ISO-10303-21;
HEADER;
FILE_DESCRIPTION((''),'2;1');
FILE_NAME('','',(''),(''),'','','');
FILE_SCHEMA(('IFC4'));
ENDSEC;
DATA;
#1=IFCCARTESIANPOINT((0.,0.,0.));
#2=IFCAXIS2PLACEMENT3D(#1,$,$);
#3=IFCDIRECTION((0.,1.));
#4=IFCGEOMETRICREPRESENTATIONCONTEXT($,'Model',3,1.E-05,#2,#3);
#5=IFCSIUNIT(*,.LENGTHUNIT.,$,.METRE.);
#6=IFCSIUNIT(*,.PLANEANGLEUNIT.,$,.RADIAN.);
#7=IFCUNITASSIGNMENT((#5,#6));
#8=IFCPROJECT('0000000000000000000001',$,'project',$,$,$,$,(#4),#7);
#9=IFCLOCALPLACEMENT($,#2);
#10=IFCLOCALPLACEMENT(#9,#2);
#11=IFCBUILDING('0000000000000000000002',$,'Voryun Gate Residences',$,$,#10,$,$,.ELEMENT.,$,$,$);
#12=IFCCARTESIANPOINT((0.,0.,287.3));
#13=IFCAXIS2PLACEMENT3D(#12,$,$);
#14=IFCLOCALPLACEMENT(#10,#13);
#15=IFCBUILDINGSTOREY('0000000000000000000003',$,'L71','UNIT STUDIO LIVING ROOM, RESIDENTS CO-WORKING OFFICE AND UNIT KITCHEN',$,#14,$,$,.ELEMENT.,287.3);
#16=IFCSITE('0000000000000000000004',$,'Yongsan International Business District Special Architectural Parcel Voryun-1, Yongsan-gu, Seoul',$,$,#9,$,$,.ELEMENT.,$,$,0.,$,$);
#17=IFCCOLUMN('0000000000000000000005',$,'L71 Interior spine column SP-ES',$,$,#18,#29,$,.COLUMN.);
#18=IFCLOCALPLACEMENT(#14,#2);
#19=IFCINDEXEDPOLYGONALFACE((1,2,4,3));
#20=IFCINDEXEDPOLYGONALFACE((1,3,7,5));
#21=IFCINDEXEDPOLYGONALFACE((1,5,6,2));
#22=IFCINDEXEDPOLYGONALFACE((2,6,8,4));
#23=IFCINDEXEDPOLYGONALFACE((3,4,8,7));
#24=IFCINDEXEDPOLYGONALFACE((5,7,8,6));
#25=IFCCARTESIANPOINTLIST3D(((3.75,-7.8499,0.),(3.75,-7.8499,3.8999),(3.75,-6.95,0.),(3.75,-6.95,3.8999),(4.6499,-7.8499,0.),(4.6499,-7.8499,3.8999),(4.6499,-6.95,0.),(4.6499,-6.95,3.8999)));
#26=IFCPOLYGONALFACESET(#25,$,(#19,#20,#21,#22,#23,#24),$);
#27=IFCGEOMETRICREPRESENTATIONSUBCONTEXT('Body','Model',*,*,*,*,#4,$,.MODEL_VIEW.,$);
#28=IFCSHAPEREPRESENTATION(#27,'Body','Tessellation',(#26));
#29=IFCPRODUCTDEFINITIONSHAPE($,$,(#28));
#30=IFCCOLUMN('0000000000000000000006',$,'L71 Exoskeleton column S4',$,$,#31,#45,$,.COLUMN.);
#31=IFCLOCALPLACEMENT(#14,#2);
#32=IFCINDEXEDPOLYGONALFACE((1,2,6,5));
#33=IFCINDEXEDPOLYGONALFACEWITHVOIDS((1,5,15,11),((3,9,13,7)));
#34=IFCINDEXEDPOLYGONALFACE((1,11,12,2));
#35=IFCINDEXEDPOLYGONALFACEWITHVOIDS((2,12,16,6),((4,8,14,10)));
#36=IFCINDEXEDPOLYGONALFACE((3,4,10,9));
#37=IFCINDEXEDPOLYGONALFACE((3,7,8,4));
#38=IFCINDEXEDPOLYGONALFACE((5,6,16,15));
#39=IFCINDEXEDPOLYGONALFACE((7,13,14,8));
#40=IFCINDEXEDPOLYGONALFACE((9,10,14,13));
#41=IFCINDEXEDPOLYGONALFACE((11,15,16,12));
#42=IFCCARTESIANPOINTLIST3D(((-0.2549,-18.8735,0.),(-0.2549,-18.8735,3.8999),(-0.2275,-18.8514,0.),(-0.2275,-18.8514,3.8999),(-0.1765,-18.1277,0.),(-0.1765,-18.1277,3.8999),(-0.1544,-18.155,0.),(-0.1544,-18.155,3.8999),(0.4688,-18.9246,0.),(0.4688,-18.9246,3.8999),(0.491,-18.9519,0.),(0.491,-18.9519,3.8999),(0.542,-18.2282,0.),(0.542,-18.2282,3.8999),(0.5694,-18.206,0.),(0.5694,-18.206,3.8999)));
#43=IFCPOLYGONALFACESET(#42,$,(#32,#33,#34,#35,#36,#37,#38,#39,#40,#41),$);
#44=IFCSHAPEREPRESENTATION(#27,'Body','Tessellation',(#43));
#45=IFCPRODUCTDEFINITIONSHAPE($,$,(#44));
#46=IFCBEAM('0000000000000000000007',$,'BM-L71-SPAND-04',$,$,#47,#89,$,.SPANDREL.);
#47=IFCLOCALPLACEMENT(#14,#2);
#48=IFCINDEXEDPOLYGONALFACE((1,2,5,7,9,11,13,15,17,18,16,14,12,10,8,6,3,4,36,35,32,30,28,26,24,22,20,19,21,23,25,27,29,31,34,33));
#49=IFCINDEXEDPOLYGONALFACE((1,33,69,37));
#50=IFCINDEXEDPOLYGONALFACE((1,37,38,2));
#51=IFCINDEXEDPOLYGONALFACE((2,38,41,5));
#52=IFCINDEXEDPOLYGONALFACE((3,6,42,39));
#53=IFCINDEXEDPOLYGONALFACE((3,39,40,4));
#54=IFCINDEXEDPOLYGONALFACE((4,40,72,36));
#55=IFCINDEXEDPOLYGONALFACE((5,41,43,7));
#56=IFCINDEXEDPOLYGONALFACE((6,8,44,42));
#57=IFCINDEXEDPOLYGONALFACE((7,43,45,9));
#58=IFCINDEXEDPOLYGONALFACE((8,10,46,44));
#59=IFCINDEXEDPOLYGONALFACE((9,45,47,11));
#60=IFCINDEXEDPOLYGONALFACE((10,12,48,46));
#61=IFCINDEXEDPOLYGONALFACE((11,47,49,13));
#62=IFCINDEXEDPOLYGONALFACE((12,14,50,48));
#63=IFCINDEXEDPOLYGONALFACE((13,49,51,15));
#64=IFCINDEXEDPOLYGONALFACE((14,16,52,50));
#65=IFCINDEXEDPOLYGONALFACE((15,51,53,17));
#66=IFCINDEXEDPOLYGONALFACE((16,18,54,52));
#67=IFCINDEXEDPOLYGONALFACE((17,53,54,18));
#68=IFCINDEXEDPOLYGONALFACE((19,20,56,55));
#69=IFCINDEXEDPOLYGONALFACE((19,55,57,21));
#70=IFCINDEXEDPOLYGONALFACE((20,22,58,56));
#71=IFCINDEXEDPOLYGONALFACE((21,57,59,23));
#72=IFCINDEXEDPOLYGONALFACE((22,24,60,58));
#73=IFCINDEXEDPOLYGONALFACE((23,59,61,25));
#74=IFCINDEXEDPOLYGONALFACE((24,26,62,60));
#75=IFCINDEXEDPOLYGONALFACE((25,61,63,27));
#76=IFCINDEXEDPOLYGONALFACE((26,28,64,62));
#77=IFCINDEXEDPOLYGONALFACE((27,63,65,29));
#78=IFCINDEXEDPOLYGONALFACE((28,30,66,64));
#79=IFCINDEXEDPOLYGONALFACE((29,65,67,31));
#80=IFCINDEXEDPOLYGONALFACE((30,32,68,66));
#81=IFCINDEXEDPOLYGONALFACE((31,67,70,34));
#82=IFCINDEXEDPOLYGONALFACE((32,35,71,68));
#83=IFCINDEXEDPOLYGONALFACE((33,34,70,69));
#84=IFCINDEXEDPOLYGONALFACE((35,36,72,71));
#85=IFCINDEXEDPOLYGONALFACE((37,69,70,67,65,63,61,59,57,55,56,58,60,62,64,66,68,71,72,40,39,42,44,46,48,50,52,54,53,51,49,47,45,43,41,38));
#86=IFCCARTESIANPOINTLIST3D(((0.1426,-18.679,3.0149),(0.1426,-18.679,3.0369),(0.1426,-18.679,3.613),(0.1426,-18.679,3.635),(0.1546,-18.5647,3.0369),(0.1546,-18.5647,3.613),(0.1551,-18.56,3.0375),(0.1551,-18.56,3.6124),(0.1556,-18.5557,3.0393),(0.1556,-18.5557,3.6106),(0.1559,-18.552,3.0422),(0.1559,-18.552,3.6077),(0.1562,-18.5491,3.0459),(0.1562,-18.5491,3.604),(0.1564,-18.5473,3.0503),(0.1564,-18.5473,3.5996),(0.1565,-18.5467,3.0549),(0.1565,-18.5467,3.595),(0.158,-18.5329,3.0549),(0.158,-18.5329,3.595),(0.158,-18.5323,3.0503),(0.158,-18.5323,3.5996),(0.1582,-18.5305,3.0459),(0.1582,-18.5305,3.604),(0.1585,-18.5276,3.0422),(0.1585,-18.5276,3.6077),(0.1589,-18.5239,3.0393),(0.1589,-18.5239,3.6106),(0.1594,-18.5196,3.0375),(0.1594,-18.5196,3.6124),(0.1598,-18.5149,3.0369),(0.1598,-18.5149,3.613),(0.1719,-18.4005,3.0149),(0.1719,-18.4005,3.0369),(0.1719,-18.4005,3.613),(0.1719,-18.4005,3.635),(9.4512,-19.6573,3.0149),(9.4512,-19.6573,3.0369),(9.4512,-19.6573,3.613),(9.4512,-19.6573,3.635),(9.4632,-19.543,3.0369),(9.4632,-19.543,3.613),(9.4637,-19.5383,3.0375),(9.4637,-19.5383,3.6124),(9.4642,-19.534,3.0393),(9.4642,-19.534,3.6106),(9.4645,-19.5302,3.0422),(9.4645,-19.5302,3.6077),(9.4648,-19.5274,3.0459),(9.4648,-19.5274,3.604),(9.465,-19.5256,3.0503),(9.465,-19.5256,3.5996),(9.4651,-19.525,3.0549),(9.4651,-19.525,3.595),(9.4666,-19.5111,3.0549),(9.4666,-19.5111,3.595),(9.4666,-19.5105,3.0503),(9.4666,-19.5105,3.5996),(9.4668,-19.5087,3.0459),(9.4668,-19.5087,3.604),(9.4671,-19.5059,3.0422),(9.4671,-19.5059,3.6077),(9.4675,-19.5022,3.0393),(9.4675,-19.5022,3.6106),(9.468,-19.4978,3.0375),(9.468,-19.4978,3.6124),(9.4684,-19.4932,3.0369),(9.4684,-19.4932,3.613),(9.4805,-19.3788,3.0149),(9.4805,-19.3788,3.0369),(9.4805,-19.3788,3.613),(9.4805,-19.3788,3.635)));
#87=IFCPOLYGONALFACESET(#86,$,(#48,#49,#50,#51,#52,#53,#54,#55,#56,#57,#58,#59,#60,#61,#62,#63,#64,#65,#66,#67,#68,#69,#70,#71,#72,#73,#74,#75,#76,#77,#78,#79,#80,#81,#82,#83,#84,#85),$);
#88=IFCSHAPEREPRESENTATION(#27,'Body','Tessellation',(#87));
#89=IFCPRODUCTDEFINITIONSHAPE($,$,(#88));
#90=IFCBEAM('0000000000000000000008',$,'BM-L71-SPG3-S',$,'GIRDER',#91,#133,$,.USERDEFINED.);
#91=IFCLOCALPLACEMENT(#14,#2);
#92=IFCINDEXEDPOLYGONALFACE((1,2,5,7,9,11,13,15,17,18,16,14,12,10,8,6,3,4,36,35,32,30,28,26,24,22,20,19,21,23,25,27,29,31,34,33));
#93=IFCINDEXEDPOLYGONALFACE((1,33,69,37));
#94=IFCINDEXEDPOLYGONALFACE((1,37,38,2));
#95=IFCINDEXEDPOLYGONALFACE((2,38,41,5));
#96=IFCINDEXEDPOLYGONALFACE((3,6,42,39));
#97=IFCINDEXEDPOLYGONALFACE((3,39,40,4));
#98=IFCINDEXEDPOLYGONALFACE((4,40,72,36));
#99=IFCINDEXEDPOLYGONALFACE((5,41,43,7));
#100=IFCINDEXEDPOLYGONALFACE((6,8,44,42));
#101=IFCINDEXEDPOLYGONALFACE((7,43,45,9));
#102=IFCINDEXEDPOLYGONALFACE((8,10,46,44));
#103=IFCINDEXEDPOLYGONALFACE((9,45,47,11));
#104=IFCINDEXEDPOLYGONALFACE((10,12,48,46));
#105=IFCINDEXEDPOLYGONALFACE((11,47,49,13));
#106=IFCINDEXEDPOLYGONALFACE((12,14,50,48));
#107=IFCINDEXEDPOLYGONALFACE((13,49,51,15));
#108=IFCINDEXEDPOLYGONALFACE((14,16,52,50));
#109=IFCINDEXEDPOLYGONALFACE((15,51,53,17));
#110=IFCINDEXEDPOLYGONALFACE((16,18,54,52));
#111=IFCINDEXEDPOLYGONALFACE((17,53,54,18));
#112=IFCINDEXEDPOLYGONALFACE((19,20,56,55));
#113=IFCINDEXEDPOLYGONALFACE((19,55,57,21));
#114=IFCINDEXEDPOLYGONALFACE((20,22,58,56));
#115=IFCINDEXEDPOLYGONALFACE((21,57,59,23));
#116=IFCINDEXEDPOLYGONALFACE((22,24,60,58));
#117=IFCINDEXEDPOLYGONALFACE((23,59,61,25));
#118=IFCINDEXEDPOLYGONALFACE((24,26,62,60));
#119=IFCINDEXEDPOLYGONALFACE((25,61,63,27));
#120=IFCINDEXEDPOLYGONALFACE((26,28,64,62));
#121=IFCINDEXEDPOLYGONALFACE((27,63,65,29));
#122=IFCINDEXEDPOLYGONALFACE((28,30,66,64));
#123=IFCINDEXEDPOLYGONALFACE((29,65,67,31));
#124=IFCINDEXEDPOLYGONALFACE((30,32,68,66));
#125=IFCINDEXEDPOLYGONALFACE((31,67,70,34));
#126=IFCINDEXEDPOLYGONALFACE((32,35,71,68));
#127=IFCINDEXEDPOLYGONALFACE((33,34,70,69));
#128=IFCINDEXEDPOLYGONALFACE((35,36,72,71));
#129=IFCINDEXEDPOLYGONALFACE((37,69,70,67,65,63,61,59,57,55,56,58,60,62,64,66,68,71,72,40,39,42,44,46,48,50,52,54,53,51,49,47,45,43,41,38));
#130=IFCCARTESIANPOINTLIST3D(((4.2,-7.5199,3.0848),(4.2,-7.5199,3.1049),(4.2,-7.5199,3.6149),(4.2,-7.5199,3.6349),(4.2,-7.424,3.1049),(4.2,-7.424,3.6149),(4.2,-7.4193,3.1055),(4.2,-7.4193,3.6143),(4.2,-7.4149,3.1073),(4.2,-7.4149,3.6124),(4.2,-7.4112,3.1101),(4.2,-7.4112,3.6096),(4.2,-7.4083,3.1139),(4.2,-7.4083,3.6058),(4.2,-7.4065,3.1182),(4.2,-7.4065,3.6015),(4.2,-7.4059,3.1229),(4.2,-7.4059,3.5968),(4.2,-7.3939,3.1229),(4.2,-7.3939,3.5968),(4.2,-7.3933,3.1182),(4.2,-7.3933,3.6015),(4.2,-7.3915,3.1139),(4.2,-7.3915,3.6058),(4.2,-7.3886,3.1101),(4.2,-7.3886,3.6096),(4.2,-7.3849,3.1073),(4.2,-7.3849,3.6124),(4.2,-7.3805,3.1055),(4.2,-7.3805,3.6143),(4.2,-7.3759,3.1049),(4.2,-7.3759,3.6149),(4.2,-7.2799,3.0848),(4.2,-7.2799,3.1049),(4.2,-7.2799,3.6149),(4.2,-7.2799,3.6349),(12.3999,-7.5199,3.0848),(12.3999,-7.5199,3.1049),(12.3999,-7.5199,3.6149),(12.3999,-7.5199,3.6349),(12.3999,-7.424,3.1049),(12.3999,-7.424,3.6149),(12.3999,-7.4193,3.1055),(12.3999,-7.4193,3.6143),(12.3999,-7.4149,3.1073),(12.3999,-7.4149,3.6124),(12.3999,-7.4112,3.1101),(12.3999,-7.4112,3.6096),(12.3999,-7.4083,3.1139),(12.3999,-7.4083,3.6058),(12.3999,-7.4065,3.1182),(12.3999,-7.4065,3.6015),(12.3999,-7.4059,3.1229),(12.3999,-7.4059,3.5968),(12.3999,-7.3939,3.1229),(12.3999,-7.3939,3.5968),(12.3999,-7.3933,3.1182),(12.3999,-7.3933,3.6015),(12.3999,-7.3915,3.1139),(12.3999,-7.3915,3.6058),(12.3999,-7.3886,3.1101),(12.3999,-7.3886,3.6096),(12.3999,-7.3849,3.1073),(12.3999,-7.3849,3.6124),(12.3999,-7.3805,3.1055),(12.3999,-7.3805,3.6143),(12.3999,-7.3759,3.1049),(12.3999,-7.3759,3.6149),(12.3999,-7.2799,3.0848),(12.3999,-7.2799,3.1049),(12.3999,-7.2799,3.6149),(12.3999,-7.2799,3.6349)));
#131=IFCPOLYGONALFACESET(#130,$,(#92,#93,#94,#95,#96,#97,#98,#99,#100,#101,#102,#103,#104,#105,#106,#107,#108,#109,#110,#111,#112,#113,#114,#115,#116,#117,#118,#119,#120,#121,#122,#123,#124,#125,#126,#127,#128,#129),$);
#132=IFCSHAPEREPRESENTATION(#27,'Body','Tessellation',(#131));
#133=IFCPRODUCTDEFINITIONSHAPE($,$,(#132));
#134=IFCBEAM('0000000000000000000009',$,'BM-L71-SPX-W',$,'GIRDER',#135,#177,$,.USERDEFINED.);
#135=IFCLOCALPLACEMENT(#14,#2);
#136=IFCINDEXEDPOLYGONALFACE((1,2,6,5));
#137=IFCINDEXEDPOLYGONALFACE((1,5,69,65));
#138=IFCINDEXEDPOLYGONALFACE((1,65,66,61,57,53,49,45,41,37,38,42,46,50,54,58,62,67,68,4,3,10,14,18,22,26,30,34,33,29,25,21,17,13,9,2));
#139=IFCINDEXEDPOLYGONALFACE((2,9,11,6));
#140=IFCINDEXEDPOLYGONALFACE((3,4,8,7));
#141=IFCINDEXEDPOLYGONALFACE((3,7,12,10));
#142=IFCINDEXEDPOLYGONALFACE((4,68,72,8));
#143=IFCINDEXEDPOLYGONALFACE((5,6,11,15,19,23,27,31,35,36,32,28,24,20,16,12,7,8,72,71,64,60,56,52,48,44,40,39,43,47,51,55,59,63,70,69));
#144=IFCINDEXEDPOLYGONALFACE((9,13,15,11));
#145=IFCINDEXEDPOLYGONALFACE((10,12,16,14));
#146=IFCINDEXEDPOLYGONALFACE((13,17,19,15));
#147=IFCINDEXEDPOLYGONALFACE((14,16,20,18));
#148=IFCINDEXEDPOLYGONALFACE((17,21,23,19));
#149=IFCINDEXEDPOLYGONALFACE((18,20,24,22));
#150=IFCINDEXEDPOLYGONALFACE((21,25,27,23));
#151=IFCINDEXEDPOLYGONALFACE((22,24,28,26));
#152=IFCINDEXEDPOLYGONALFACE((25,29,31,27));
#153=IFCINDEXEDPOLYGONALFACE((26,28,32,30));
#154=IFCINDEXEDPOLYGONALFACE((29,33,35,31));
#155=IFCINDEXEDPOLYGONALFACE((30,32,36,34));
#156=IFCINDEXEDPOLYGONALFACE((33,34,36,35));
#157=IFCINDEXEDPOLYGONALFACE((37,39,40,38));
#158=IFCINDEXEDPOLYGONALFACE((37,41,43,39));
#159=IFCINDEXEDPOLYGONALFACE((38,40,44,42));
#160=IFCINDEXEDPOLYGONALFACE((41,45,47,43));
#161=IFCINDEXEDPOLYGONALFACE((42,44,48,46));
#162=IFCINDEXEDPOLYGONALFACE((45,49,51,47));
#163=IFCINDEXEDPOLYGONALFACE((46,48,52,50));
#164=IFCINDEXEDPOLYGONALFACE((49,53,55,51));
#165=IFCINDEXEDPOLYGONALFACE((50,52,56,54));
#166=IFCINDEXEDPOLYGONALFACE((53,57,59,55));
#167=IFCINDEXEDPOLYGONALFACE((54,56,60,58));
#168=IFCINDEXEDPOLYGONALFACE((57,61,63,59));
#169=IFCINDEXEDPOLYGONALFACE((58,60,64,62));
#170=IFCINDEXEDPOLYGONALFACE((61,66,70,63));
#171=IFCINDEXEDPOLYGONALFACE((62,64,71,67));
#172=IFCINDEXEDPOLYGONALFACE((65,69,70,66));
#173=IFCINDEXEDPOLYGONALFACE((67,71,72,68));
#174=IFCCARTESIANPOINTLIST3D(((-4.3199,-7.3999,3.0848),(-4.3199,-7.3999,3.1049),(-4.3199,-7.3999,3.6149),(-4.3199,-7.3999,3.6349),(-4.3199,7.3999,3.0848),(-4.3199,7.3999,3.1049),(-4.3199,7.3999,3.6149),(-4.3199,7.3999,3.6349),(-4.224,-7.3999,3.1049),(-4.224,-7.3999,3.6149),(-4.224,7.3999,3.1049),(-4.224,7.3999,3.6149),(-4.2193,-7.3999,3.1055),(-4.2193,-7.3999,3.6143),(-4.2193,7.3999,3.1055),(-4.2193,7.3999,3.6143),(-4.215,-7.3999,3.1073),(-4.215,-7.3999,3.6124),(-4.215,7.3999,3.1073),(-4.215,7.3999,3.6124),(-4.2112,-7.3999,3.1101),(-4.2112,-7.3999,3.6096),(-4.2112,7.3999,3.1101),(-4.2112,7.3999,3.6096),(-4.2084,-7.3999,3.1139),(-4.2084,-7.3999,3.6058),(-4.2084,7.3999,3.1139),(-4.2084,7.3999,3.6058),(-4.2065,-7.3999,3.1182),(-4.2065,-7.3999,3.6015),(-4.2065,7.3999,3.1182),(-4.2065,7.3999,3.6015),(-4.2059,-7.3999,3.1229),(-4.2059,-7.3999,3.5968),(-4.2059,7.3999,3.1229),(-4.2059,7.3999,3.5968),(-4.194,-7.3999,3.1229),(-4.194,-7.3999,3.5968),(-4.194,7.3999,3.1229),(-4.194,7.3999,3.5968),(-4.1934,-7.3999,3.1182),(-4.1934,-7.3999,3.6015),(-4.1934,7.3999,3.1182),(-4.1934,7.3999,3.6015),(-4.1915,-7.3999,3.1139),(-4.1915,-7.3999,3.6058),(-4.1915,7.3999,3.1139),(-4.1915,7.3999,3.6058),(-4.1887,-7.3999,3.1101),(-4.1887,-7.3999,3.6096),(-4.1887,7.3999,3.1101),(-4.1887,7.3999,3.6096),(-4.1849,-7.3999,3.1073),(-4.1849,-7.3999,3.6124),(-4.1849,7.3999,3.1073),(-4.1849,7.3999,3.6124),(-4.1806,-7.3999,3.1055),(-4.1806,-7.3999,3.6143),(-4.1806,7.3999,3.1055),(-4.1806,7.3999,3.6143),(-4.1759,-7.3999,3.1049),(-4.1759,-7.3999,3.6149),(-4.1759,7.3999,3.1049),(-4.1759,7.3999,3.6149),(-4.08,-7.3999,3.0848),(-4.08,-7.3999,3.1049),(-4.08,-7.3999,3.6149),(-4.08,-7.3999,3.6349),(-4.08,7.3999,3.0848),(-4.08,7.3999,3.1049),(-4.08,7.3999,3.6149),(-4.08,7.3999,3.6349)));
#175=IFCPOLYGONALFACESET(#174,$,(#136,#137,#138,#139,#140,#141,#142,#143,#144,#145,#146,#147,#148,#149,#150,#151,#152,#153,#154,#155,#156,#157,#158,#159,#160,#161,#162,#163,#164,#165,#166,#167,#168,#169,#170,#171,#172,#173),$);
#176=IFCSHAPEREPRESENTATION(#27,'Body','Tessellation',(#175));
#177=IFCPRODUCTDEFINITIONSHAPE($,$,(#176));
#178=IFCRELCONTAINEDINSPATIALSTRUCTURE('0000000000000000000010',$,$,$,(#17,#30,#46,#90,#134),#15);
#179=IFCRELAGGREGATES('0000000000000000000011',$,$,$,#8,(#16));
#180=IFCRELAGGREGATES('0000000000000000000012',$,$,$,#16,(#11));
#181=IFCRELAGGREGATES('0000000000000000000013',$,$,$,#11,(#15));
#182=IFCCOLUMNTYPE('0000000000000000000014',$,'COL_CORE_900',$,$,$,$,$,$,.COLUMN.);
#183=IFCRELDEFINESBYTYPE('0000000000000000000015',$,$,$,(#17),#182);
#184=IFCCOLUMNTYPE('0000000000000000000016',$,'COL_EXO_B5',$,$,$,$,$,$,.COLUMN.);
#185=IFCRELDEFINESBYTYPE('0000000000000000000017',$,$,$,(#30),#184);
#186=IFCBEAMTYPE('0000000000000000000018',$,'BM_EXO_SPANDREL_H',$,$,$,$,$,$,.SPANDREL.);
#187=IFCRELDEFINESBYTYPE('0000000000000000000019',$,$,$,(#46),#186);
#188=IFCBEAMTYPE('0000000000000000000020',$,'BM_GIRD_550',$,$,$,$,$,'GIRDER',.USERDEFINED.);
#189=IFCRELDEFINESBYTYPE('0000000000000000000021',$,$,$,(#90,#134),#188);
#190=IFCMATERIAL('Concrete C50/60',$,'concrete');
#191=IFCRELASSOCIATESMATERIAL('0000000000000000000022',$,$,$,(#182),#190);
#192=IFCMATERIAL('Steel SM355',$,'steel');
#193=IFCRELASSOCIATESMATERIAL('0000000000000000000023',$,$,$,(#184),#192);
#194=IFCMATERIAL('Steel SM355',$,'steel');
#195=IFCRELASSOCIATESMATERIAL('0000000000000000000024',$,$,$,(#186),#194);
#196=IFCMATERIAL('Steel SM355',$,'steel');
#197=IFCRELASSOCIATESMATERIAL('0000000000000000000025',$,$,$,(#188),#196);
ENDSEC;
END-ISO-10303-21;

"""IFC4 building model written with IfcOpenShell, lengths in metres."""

from ifc_helpers import new_model, si_unit, direction, frame, origin, origin_2d, place, context, subcontext, project, spatial, rectangle, hollow_rectangle, i_section, extrude, material, material_profile, profile_set, type_object, element, save


model = new_model("IFC4")

# Units and contexts
model_context = context("Model", 3, precision=1e-05, world=origin(), true_north=direction((0.0, 1.0)))
body_context = subcontext(model_context, "Body", "Model", "MODEL_VIEW")
ifc_project = project(units=[si_unit("LENGTHUNIT", "METRE"), si_unit("PLANEANGLEUNIT", "RADIAN")], contexts=[model_context])

# Site, building, storey
site_placement = place(None, origin())
site = spatial("IfcSite", under=ifc_project, at=site_placement, Name="Yongsan International Business District Special Architectural Parcel Voryun-1, Yongsan-gu, Seoul", CompositionType="ELEMENT", RefElevation=0.0)
building_placement = place(site_placement, origin())
building = spatial("IfcBuilding", under=site, at=building_placement, Name="Voryun Gate Residences", CompositionType="ELEMENT")
storey_placement = place(building_placement, frame((0.0, 0.0, 287.3)))
storey = spatial("IfcBuildingStorey", under=building, at=storey_placement, Name="L71", Description="UNIT STUDIO LIVING ROOM, RESIDENTS CO-WORKING OFFICE AND UNIT KITCHEN", CompositionType="ELEMENT", Elevation=287.3)

# Columns
ifc_material_1 = material(Name="Concrete C50/60", Category="concrete")
ifc_material_profile_1 = material_profile(ifc_material_1, rectangle(XDim=0.8999, YDim=0.8999, at=origin_2d()), Name="RC-900x900")
ifc_profile_set_1 = profile_set([ifc_material_profile_1], Name="Concrete C50/60")
column_type_1 = type_object("IfcColumnType", Name="COL_CORE_900", PredefinedType="COLUMN", material=ifc_profile_set_1)
column_1_placement = place(storey_placement, frame((4.2, -7.3999, 0.0), z_axis=(0.0, 0.0, 1.0), x_axis=(1.0, 0.0, 0.0)))
element("IfcColumn", 1, at=column_1_placement, inside=storey, type_object=column_type_1, Name="L71 Interior spine column SP-ES", PredefinedType="COLUMN", context=body_context, shape_type="SweptSolid", body=[
    extrude(rectangle(XDim=0.8999, YDim=0.8999, at=origin_2d()), origin(), (0.0, 0.0, 1.0), 3.8999),
])
ifc_material_2 = material(Name="Steel SM355", Category="steel")
ifc_material_profile_2 = material_profile(ifc_material_2, hollow_rectangle(XDim=0.75, YDim=0.75, WallThickness=0.0249, at=origin_2d()), Name="BOX-750x750x25")
ifc_profile_set_2 = profile_set([ifc_material_profile_2], Name="Steel SM355")
column_type_2 = type_object("IfcColumnType", Name="COL_EXO_B5", PredefinedType="COLUMN", material=ifc_profile_set_2)
column_2_placement = place(storey_placement, frame((0.1572, -18.5398, 0.0), z_axis=(0.0, 0.0, 1.0), x_axis=(0.994522, -0.104528, 0.0)))
element("IfcColumn", 2, at=column_2_placement, inside=storey, type_object=column_type_2, Name="L71 Exoskeleton column S4", PredefinedType="COLUMN", context=body_context, shape_type="SweptSolid", body=[
    extrude(hollow_rectangle(XDim=0.75, YDim=0.75, WallThickness=0.0249, at=origin_2d()), origin(), (0.0, 0.0, 1.0), 3.8999),
])

# Beams
ifc_material_3 = material(Name="Steel SM355", Category="steel")
ifc_material_profile_3 = material_profile(ifc_material_3, i_section(OverallWidth=0.28, OverallDepth=0.6201, WebThickness=0.0139, FlangeThickness=0.022, FilletRadius=0.0181, at=origin_2d()), Name="H-620x280x14x22")
ifc_profile_set_3 = profile_set([ifc_material_profile_3], Name="Steel SM355")
beam_type_1 = type_object("IfcBeamType", Name="BM_EXO_SPANDREL_H", PredefinedType="SPANDREL", material=ifc_profile_set_3)
beam_1_placement = place(storey_placement, frame((0.1572, -18.5398, 3.325), z_axis=(0.994523, -0.104518, 0.0), x_axis=(0.104518, 0.994523, 0.0)))
element("IfcBeam", 3, at=beam_1_placement, inside=storey, type_object=beam_type_1, Name="BM-L71-SPAND-04", PredefinedType="SPANDREL", context=body_context, shape_type="SweptSolid", body=[
    extrude(i_section(OverallWidth=0.28, OverallDepth=0.6201, WebThickness=0.0139, FlangeThickness=0.022, FilletRadius=0.0181, at=origin_2d()), origin(), (0.0, 0.0, 1.0), 9.3599),
])
ifc_material_4 = material(Name="Steel SM355", Category="steel")
ifc_material_profile_4 = material_profile(ifc_material_4, i_section(OverallWidth=0.24, OverallDepth=0.55, WebThickness=0.012, FlangeThickness=0.02, FilletRadius=0.0181, at=origin_2d()), Name="H-550x240x12x20")
ifc_profile_set_4 = profile_set([ifc_material_profile_4], Name="Steel SM355")
beam_type_2 = type_object("IfcBeamType", Name="BM_GIRD_550", ElementType="GIRDER", PredefinedType="USERDEFINED", material=ifc_profile_set_4)
beam_2_placement = place(storey_placement, frame((4.2, -7.3999, 3.3599), z_axis=(1.0, 0.0, 0.0), x_axis=(0.0, 1.0, 0.0)))
element("IfcBeam", 4, at=beam_2_placement, inside=storey, type_object=beam_type_2, Name="BM-L71-SPG3-S", ObjectType="GIRDER", PredefinedType="USERDEFINED", context=body_context, shape_type="SweptSolid", body=[
    extrude(i_section(OverallWidth=0.24, OverallDepth=0.55, WebThickness=0.012, FlangeThickness=0.02, FilletRadius=0.0181, at=origin_2d()), origin(), (0.0, 0.0, 1.0), 8.2),
])
for number, where, z_axis, x_axis, name in (
    (5, (-4.2, -7.3999, 3.3599), (0.0, 1.0, 0.0), (-1.0, 0.0, 0.0), "BM-L71-SPX-W"),
):
    element("IfcBeam", number, at=place(storey_placement, frame(where, z_axis=z_axis, x_axis=x_axis)), inside=storey, type_object=beam_type_2, Name=name, ObjectType="GIRDER", PredefinedType="USERDEFINED", context=body_context, shape_type="SweptSolid", body=[
        extrude(i_section(OverallWidth=0.24, OverallDepth=0.55, WebThickness=0.012, FlangeThickness=0.02, FilletRadius=0.0181, at=origin_2d()), origin(), (0.0, 0.0, 1.0), 14.7998),
    ])

save(model, "model.ifc")
